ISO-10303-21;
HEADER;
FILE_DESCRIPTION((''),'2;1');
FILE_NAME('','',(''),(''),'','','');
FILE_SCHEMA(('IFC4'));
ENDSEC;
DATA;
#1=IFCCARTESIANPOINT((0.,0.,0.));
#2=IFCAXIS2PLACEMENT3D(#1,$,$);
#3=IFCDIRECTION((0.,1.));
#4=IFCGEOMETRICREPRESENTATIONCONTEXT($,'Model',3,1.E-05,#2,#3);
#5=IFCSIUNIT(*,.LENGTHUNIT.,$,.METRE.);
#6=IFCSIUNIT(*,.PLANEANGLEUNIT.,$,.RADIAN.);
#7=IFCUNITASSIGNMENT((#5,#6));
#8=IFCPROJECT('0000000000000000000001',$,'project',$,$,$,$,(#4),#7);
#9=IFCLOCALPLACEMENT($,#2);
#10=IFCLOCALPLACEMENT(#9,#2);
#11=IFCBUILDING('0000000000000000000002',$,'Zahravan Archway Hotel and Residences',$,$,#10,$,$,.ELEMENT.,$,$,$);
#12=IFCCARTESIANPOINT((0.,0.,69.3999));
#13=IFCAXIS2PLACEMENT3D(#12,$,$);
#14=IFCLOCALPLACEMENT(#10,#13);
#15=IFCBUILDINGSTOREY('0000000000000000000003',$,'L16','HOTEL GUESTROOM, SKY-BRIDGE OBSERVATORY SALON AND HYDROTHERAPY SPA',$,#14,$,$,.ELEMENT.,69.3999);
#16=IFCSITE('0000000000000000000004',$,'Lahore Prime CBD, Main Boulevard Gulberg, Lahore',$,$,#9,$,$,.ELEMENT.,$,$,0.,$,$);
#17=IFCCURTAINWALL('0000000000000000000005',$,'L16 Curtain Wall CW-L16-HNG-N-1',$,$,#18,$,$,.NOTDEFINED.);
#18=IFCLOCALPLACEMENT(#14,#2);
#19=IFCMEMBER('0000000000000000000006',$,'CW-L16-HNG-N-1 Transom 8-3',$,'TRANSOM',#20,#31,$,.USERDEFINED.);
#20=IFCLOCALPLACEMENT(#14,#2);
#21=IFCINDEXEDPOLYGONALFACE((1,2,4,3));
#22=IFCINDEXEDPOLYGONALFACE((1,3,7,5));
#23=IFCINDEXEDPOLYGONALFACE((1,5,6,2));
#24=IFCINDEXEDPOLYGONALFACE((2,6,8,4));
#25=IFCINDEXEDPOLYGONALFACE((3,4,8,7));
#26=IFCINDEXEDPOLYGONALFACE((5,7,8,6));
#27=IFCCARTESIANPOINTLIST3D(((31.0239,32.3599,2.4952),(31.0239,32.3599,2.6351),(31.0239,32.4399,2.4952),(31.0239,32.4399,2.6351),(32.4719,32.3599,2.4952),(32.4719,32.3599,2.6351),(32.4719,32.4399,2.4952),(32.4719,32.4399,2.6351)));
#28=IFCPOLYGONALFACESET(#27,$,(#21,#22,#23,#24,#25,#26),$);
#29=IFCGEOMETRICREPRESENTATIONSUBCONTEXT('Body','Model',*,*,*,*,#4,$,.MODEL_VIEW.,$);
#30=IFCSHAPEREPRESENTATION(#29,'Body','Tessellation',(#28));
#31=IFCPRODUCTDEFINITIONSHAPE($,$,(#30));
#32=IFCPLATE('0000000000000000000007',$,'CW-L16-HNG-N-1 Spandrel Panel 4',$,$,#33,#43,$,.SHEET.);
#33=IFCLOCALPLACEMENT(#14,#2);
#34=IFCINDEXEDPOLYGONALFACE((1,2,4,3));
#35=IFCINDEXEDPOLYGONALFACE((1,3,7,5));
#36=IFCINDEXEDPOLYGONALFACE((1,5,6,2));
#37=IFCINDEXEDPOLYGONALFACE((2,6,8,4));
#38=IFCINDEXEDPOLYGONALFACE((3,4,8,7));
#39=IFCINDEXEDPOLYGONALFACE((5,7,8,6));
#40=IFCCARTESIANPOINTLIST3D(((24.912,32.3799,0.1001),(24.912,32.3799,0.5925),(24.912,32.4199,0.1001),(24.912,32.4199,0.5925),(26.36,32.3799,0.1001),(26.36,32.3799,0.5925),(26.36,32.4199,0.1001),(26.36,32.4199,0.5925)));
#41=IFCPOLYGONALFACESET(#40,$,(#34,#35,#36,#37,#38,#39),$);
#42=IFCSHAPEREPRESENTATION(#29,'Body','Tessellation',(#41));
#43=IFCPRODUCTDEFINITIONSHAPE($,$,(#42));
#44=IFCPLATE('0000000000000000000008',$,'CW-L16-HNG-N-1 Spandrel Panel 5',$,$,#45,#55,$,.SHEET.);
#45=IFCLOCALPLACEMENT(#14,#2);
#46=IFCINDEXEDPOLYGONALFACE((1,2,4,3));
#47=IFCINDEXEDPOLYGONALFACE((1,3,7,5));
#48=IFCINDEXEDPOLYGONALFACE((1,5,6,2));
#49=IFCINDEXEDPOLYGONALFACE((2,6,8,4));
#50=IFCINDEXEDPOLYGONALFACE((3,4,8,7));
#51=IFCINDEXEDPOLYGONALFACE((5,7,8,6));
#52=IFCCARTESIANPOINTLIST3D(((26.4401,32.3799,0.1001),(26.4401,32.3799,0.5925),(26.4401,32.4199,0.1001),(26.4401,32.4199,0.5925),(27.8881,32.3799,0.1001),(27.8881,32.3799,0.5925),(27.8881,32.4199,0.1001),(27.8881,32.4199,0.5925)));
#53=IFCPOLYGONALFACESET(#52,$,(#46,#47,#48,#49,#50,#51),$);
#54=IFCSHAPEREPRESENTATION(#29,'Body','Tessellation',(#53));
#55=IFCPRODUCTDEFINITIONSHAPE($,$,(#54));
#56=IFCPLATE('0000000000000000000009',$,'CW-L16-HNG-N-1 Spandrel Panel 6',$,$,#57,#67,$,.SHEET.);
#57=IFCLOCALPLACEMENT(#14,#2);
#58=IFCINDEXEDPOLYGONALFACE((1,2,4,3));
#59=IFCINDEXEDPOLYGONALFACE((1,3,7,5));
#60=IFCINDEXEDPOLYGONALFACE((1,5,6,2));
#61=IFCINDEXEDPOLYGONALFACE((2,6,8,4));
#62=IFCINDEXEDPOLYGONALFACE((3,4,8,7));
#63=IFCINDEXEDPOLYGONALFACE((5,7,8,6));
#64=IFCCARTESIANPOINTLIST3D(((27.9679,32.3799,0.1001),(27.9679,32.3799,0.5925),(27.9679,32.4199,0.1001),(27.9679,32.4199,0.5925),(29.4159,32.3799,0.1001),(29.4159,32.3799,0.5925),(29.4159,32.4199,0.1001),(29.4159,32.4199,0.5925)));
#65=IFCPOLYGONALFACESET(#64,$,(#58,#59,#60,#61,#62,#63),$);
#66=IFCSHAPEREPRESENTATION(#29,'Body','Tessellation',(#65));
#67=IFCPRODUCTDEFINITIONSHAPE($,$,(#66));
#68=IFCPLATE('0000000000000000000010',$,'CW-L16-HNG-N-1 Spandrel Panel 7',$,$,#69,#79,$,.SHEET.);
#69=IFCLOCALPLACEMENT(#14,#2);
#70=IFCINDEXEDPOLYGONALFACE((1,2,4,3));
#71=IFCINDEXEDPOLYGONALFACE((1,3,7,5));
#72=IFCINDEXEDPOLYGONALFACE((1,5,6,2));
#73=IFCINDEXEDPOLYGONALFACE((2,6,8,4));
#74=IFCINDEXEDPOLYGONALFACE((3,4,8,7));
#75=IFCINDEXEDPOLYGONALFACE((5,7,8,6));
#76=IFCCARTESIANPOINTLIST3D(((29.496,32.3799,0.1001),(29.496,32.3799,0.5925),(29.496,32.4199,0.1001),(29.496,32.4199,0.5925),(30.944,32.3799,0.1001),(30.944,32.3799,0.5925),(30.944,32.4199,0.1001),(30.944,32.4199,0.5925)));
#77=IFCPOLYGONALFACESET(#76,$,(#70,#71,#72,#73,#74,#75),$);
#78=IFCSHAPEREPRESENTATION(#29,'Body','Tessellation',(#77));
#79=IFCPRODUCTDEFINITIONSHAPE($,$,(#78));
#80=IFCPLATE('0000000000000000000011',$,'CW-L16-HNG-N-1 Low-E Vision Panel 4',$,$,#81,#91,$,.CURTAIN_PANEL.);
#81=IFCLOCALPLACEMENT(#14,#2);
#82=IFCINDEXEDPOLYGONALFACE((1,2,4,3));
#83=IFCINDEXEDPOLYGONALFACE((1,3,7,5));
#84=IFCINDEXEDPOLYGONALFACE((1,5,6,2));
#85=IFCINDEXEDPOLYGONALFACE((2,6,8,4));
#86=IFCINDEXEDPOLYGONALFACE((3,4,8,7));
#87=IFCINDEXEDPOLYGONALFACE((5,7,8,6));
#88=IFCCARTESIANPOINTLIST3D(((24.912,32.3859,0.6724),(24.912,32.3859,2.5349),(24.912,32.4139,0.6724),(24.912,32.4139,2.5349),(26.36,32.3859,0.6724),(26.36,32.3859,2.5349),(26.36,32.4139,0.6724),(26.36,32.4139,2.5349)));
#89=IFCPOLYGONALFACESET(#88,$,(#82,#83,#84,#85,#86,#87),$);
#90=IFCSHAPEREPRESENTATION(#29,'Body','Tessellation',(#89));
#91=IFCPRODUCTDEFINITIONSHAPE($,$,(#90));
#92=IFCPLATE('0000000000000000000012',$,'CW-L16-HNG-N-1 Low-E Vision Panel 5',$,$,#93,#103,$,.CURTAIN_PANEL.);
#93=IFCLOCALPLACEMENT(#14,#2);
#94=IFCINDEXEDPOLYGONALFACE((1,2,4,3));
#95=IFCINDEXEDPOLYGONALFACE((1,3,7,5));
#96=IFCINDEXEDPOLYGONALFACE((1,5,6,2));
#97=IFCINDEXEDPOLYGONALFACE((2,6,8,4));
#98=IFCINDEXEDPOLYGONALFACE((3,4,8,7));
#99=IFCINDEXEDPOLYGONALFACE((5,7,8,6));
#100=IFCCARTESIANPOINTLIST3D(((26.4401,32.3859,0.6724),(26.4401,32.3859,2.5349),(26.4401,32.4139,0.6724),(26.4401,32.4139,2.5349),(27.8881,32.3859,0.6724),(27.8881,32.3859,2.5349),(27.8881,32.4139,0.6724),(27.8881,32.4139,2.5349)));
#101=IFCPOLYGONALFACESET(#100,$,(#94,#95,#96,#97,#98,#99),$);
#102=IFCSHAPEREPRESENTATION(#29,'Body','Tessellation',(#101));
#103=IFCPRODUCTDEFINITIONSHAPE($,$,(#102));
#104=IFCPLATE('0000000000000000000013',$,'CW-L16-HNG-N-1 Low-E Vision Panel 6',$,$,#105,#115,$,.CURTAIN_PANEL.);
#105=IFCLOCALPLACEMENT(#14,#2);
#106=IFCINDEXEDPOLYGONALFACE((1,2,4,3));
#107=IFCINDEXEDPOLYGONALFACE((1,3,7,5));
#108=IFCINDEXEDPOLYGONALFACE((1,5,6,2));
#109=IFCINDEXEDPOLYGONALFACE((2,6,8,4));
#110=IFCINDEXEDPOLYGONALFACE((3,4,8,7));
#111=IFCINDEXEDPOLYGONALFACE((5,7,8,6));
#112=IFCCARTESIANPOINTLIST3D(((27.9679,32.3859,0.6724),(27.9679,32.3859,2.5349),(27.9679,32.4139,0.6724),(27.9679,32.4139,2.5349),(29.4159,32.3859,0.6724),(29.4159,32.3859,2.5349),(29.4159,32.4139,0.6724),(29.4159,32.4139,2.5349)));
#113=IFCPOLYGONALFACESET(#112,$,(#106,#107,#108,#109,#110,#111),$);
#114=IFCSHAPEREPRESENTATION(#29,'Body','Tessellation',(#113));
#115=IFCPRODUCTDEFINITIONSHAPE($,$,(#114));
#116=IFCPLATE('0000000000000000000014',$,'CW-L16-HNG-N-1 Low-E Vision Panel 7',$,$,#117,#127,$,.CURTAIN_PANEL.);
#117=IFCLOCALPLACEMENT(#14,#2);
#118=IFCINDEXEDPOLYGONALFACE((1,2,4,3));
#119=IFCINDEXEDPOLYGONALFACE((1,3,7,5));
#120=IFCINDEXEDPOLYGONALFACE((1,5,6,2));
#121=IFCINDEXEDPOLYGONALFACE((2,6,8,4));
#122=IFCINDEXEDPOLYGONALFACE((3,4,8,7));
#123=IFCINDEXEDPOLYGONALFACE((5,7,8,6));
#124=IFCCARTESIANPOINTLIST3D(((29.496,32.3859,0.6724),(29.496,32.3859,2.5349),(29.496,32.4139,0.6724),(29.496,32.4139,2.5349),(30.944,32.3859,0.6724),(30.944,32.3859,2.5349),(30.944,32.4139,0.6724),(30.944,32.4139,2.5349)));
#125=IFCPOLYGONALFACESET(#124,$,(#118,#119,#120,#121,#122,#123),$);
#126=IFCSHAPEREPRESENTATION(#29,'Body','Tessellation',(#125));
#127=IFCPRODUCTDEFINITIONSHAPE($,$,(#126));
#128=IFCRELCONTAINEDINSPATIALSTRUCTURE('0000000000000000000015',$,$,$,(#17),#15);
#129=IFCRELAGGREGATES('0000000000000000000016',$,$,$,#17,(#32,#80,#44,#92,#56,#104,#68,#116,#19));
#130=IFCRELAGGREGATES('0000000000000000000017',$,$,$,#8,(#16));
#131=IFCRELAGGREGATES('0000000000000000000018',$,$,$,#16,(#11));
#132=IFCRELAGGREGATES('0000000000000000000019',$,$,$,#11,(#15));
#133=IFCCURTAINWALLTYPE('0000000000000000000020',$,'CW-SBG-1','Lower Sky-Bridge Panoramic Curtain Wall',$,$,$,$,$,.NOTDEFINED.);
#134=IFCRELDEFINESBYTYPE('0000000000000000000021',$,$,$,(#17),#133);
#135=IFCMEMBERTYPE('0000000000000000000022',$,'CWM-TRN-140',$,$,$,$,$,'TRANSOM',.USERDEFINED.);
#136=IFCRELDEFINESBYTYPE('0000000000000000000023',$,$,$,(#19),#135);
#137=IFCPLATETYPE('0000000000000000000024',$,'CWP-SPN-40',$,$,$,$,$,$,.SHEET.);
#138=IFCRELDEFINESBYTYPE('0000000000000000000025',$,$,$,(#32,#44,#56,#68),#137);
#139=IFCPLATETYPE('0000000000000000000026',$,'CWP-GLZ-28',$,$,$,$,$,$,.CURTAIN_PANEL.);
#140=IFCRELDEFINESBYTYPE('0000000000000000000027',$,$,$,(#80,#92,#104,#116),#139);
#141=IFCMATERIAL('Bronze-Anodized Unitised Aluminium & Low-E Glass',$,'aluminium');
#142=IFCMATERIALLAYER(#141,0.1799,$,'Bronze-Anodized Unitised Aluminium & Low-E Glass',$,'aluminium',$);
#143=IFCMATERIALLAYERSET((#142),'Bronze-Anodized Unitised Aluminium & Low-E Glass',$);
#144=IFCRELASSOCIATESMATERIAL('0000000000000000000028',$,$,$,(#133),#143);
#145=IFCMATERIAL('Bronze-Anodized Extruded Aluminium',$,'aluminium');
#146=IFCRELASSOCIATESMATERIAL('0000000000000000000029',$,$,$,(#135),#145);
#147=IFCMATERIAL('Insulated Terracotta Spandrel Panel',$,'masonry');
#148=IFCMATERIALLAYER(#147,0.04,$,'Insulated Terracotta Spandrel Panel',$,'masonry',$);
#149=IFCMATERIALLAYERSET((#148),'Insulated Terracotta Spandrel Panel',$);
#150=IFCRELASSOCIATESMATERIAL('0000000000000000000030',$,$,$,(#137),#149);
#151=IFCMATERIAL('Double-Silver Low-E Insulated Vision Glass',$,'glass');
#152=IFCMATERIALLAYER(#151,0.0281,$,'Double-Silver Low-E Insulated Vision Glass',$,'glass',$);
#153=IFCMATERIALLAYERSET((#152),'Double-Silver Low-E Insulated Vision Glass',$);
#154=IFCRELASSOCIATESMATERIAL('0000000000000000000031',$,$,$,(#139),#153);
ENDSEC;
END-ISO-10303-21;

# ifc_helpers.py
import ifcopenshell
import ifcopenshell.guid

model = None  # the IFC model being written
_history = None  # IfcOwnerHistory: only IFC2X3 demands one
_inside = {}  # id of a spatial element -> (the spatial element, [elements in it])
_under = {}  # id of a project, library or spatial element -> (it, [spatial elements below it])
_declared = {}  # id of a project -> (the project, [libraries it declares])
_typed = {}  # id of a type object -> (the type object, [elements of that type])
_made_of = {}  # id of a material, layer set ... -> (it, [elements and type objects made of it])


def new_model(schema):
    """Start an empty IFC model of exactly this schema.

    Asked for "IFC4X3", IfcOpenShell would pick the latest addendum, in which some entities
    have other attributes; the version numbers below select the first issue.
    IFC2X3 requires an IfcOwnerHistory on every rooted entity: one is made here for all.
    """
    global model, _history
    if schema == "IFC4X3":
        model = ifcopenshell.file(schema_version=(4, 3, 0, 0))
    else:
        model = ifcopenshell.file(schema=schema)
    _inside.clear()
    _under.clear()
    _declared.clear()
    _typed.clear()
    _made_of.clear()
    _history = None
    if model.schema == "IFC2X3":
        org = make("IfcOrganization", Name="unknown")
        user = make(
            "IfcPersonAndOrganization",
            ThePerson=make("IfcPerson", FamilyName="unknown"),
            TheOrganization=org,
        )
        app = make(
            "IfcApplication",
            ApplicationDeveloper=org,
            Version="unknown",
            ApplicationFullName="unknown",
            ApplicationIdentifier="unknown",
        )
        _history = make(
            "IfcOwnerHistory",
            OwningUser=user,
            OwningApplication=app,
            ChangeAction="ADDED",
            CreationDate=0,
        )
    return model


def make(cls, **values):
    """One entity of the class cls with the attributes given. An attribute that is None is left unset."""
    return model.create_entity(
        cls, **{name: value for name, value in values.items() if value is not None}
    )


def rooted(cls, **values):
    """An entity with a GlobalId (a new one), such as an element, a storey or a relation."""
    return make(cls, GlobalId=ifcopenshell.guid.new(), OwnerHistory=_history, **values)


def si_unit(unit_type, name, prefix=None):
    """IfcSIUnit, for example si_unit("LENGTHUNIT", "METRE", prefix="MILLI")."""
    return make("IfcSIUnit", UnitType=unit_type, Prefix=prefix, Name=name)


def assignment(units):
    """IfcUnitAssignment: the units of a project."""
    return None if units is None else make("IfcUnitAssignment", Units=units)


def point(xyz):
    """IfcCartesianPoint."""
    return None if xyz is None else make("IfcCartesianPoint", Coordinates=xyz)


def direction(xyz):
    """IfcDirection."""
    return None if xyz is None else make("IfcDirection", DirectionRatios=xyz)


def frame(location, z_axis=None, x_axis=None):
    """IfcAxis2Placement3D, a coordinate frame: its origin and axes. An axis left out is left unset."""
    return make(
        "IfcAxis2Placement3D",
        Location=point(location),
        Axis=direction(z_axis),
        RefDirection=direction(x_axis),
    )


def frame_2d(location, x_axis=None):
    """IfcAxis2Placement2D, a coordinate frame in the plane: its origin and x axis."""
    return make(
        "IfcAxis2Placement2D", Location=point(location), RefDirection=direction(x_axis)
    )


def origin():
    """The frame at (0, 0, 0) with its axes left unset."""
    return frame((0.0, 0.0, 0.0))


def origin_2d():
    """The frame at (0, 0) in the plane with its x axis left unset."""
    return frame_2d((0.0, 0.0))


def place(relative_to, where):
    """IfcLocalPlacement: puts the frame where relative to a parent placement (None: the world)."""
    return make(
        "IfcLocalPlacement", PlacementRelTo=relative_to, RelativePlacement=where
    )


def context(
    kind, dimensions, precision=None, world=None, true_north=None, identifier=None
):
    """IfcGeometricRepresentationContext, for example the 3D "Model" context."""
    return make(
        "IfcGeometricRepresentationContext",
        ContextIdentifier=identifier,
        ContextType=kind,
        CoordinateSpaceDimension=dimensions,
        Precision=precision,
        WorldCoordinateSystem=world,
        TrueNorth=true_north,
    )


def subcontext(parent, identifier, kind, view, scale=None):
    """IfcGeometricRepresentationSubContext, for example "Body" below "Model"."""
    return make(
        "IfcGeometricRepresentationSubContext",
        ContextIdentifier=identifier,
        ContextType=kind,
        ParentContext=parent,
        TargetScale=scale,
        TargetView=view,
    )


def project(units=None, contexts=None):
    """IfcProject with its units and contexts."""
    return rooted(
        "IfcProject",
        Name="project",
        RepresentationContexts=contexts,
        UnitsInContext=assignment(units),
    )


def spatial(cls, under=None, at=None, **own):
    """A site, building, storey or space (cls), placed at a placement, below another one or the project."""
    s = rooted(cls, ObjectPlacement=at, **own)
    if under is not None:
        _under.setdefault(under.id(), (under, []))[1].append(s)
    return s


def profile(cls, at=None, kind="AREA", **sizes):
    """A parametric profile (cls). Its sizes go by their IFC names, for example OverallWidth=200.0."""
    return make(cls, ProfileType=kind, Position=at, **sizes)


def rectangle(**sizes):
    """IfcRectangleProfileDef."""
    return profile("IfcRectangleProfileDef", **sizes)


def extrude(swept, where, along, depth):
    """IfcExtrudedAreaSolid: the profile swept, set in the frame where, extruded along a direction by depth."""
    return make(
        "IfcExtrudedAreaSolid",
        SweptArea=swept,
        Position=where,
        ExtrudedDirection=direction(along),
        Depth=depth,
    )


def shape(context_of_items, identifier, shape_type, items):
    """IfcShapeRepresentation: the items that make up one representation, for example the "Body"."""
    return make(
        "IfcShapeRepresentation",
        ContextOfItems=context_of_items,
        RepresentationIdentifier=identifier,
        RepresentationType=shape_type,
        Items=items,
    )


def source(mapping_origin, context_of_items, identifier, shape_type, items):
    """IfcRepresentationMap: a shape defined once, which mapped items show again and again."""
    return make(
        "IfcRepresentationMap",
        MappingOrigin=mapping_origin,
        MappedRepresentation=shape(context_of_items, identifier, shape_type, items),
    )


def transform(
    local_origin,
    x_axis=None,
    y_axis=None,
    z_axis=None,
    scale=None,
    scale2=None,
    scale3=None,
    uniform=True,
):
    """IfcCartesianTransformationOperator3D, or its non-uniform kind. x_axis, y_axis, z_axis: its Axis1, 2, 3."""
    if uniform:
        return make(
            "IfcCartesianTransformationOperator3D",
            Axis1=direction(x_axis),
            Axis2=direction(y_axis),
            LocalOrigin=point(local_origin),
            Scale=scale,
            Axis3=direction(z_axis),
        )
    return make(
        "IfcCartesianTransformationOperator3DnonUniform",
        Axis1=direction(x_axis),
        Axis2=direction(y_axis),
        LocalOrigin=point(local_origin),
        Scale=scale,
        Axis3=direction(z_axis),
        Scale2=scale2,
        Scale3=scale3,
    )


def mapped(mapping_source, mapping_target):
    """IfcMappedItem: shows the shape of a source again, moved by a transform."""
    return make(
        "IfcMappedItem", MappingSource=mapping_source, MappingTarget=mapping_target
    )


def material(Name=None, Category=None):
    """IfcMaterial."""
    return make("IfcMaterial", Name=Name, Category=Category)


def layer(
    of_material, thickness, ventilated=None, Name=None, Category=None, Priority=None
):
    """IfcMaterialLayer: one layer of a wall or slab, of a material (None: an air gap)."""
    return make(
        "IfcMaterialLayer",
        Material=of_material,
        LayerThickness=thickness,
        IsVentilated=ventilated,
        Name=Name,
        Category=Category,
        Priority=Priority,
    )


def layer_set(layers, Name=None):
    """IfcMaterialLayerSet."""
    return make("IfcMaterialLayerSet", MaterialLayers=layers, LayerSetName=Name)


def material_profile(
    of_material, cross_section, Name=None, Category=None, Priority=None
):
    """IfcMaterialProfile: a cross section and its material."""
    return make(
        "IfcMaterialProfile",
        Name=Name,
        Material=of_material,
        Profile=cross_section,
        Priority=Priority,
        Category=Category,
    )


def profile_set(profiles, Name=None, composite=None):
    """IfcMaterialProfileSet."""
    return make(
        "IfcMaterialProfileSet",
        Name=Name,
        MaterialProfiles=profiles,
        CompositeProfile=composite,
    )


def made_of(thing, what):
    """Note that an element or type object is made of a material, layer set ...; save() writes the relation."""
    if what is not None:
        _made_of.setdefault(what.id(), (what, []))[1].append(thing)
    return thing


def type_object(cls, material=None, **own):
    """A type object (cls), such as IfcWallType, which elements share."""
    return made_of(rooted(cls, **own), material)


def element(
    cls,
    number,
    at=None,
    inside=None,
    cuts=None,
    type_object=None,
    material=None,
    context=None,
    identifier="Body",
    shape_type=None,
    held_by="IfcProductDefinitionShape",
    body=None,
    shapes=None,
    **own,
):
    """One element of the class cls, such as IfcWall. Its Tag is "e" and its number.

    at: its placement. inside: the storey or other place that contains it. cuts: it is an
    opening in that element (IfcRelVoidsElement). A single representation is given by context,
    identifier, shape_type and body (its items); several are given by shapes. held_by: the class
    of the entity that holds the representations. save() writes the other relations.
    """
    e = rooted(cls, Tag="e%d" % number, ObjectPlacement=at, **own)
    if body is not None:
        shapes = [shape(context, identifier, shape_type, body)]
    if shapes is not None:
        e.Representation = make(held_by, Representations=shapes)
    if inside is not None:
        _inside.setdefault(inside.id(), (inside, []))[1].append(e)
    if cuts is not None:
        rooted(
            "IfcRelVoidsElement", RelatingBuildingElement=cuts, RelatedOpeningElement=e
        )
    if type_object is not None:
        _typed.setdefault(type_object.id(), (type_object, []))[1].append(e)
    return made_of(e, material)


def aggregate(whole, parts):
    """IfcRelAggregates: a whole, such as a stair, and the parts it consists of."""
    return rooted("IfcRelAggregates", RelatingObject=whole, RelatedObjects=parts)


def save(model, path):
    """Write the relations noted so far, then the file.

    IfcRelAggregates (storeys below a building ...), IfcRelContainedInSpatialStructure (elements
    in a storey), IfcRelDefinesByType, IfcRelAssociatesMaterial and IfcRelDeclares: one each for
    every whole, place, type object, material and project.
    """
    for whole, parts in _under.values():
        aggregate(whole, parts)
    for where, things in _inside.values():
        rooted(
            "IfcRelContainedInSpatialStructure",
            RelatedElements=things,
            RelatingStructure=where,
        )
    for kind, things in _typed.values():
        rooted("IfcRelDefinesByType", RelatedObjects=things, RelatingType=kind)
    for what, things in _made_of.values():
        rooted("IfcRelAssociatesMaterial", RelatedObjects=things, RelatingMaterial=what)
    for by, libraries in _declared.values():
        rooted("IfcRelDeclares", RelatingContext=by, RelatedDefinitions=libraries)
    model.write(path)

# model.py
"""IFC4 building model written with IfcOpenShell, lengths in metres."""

from ifc_helpers import new_model, si_unit, direction, frame, origin, origin_2d, place, context, subcontext, project, spatial, rectangle, extrude, source, transform, mapped, material, layer, layer_set, material_profile, profile_set, type_object, element, aggregate, save


model = new_model("IFC4")

# Units and contexts
model_context = context("Model", 3, precision=1e-05, world=origin(), true_north=direction((0.0, 1.0)))
body_context = subcontext(model_context, "Body", "Model", "MODEL_VIEW")
ifc_project = project(units=[si_unit("LENGTHUNIT", "METRE"), si_unit("PLANEANGLEUNIT", "RADIAN")], contexts=[model_context])

# Site, building, storey
site_placement = place(None, origin())
site = spatial("IfcSite", under=ifc_project, at=site_placement, Name="Lahore Prime CBD, Main Boulevard Gulberg, Lahore", CompositionType="ELEMENT", RefElevation=0.0)
building_placement = place(site_placement, origin())
building = spatial("IfcBuilding", under=site, at=building_placement, Name="Zahravan Archway Hotel and Residences", CompositionType="ELEMENT")
storey_placement = place(building_placement, frame((0.0, 0.0, 69.3999)))
storey = spatial("IfcBuildingStorey", under=building, at=storey_placement, Name="L16", Description="HOTEL GUESTROOM, SKY-BRIDGE OBSERVATORY SALON AND HYDROTHERAPY SPA", CompositionType="ELEMENT", Elevation=69.3999)

# Curtain wall, member, plates
ifc_material_1 = material(Name="Bronze-Anodized Unitised Aluminium & Low-E Glass", Category="aluminium")
ifc_layer_1 = layer(ifc_material_1, 0.1799, Name="Bronze-Anodized Unitised Aluminium & Low-E Glass", Category="aluminium")
ifc_layer_set_1 = layer_set([ifc_layer_1], Name="Bronze-Anodized Unitised Aluminium & Low-E Glass")
curtain_wall_type = type_object("IfcCurtainWallType", Name="CW-SBG-1", Description="Lower Sky-Bridge Panoramic Curtain Wall", PredefinedType="NOTDEFINED", material=ifc_layer_set_1)
curtain_wall_placement = place(storey_placement, origin())
curtain_wall = element("IfcCurtainWall", 1, at=curtain_wall_placement, inside=storey, type_object=curtain_wall_type, Name="L16 Curtain Wall CW-L16-HNG-N-1", PredefinedType="NOTDEFINED")
ifc_material_2 = material(Name="Bronze-Anodized Extruded Aluminium", Category="aluminium")
ifc_material_profile_1 = material_profile(ifc_material_2, rectangle(XDim=0.0801, YDim=0.1399, at=origin_2d()), Name="TRN 80x140", Category="aluminium")
ifc_profile_set_1 = profile_set([ifc_material_profile_1], Name="Bronze-Anodized Extruded Aluminium")
member_type_1 = type_object("IfcMemberType", Name="CWM-TRN-140", ElementType="TRANSOM", PredefinedType="USERDEFINED", material=ifc_profile_set_1)
shared_shape_1 = source(origin(), body_context, "Body", "SweptSolid", [
    extrude(rectangle(XDim=0.0801, YDim=0.1399, at=origin_2d()), origin(), (0.0, 0.0, 1.0), 1.448),
])
member_1_placement = place(storey_placement, frame((31.0239, 32.3999, 2.5652), z_axis=(1.0, 0.0, 0.0), x_axis=(0.0, 1.0, 0.0)))
member_1 = element("IfcMember", 2, at=member_1_placement, type_object=member_type_1, Name="CW-L16-HNG-N-1 Transom 8-3", ObjectType="TRANSOM", PredefinedType="USERDEFINED", context=body_context, shape_type="MappedRepresentation", body=[
    mapped(shared_shape_1, transform((0.0, 0.0, 0.0), scale=1.0)),
])
ifc_material_3 = material(Name="Insulated Terracotta Spandrel Panel", Category="masonry")
ifc_layer_2 = layer(ifc_material_3, 0.04, Name="Insulated Terracotta Spandrel Panel", Category="masonry")
ifc_layer_set_2 = layer_set([ifc_layer_2], Name="Insulated Terracotta Spandrel Panel")
plate_type_1 = type_object("IfcPlateType", Name="CWP-SPN-40", PredefinedType="SHEET", material=ifc_layer_set_2)
shared_shape_2 = source(origin(), body_context, "Body", "SweptSolid", [
    extrude(rectangle(XDim=1.448, YDim=0.04, at=origin_2d()), origin(), (0.0, 0.0, 1.0), 0.4924),
])
plate_1_placement = place(storey_placement, frame((25.636, 32.3999, 0.1001), z_axis=(0.0, 0.0, 1.0), x_axis=(1.0, 0.0, 0.0)))
plate_1 = element("IfcPlate", 3, at=plate_1_placement, type_object=plate_type_1, Name="CW-L16-HNG-N-1 Spandrel Panel 4", PredefinedType="SHEET", context=body_context, shape_type="MappedRepresentation", body=[
    mapped(shared_shape_2, transform((0.0, 0.0, 0.0), scale=1.0)),
])
plate_2_placement = place(storey_placement, frame((27.1641, 32.3999, 0.1001), z_axis=(0.0, 0.0, 1.0), x_axis=(1.0, 0.0, 0.0)))
plate_2 = element("IfcPlate", 4, at=plate_2_placement, type_object=plate_type_1, Name="CW-L16-HNG-N-1 Spandrel Panel 5", PredefinedType="SHEET", context=body_context, shape_type="MappedRepresentation", body=[
    mapped(shared_shape_2, transform((0.0, 0.0, 0.0), scale=1.0)),
])
plate_3_placement = place(storey_placement, frame((28.6919, 32.3999, 0.1001), z_axis=(0.0, 0.0, 1.0), x_axis=(1.0, 0.0, 0.0)))
plate_3 = element("IfcPlate", 5, at=plate_3_placement, type_object=plate_type_1, Name="CW-L16-HNG-N-1 Spandrel Panel 6", PredefinedType="SHEET", context=body_context, shape_type="MappedRepresentation", body=[
    mapped(shared_shape_2, transform((0.0, 0.0, 0.0), scale=1.0)),
])
plate_4_placement = place(storey_placement, frame((30.22, 32.3999, 0.1001), z_axis=(0.0, 0.0, 1.0), x_axis=(1.0, 0.0, 0.0)))
plate_4 = element("IfcPlate", 6, at=plate_4_placement, type_object=plate_type_1, Name="CW-L16-HNG-N-1 Spandrel Panel 7", PredefinedType="SHEET", context=body_context, shape_type="MappedRepresentation", body=[
    mapped(shared_shape_2, transform((0.0, 0.0, 0.0), scale=1.0)),
])
ifc_material_4 = material(Name="Double-Silver Low-E Insulated Vision Glass", Category="glass")
ifc_layer_3 = layer(ifc_material_4, 0.0281, Name="Double-Silver Low-E Insulated Vision Glass", Category="glass")
ifc_layer_set_3 = layer_set([ifc_layer_3], Name="Double-Silver Low-E Insulated Vision Glass")
plate_type_2 = type_object("IfcPlateType", Name="CWP-GLZ-28", PredefinedType="CURTAIN_PANEL", material=ifc_layer_set_3)
shared_shape_3 = source(origin(), body_context, "Body", "SweptSolid", [
    extrude(rectangle(XDim=1.448, YDim=0.0281, at=origin_2d()), origin(), (0.0, 0.0, 1.0), 1.8625),
])
plate_5_placement = place(storey_placement, frame((25.636, 32.3999, 0.6724), z_axis=(0.0, 0.0, 1.0), x_axis=(1.0, 0.0, 0.0)))
plate_5 = element("IfcPlate", 7, at=plate_5_placement, type_object=plate_type_2, Name="CW-L16-HNG-N-1 Low-E Vision Panel 4", PredefinedType="CURTAIN_PANEL", context=body_context, shape_type="MappedRepresentation", body=[
    mapped(shared_shape_3, transform((0.0, 0.0, 0.0), scale=1.0)),
])
plate_6_placement = place(storey_placement, frame((27.1641, 32.3999, 0.6724), z_axis=(0.0, 0.0, 1.0), x_axis=(1.0, 0.0, 0.0)))
plate_6 = element("IfcPlate", 8, at=plate_6_placement, type_object=plate_type_2, Name="CW-L16-HNG-N-1 Low-E Vision Panel 5", PredefinedType="CURTAIN_PANEL", context=body_context, shape_type="MappedRepresentation", body=[
    mapped(shared_shape_3, transform((0.0, 0.0, 0.0), scale=1.0)),
])
plate_7_placement = place(storey_placement, frame((28.6919, 32.3999, 0.6724), z_axis=(0.0, 0.0, 1.0), x_axis=(1.0, 0.0, 0.0)))
plate_7 = element("IfcPlate", 9, at=plate_7_placement, type_object=plate_type_2, Name="CW-L16-HNG-N-1 Low-E Vision Panel 6", PredefinedType="CURTAIN_PANEL", context=body_context, shape_type="MappedRepresentation", body=[
    mapped(shared_shape_3, transform((0.0, 0.0, 0.0), scale=1.0)),
])
plate_8_placement = place(storey_placement, frame((30.22, 32.3999, 0.6724), z_axis=(0.0, 0.0, 1.0), x_axis=(1.0, 0.0, 0.0)))
plate_8 = element("IfcPlate", 10, at=plate_8_placement, type_object=plate_type_2, Name="CW-L16-HNG-N-1 Low-E Vision Panel 7", PredefinedType="CURTAIN_PANEL", context=body_context, shape_type="MappedRepresentation", body=[
    mapped(shared_shape_3, transform((0.0, 0.0, 0.0), scale=1.0)),
])
aggregate(curtain_wall, [plate_1, plate_5, plate_2, plate_6, plate_3, plate_7, plate_4, plate_8, member_1])

save(model, "model.ifc")
